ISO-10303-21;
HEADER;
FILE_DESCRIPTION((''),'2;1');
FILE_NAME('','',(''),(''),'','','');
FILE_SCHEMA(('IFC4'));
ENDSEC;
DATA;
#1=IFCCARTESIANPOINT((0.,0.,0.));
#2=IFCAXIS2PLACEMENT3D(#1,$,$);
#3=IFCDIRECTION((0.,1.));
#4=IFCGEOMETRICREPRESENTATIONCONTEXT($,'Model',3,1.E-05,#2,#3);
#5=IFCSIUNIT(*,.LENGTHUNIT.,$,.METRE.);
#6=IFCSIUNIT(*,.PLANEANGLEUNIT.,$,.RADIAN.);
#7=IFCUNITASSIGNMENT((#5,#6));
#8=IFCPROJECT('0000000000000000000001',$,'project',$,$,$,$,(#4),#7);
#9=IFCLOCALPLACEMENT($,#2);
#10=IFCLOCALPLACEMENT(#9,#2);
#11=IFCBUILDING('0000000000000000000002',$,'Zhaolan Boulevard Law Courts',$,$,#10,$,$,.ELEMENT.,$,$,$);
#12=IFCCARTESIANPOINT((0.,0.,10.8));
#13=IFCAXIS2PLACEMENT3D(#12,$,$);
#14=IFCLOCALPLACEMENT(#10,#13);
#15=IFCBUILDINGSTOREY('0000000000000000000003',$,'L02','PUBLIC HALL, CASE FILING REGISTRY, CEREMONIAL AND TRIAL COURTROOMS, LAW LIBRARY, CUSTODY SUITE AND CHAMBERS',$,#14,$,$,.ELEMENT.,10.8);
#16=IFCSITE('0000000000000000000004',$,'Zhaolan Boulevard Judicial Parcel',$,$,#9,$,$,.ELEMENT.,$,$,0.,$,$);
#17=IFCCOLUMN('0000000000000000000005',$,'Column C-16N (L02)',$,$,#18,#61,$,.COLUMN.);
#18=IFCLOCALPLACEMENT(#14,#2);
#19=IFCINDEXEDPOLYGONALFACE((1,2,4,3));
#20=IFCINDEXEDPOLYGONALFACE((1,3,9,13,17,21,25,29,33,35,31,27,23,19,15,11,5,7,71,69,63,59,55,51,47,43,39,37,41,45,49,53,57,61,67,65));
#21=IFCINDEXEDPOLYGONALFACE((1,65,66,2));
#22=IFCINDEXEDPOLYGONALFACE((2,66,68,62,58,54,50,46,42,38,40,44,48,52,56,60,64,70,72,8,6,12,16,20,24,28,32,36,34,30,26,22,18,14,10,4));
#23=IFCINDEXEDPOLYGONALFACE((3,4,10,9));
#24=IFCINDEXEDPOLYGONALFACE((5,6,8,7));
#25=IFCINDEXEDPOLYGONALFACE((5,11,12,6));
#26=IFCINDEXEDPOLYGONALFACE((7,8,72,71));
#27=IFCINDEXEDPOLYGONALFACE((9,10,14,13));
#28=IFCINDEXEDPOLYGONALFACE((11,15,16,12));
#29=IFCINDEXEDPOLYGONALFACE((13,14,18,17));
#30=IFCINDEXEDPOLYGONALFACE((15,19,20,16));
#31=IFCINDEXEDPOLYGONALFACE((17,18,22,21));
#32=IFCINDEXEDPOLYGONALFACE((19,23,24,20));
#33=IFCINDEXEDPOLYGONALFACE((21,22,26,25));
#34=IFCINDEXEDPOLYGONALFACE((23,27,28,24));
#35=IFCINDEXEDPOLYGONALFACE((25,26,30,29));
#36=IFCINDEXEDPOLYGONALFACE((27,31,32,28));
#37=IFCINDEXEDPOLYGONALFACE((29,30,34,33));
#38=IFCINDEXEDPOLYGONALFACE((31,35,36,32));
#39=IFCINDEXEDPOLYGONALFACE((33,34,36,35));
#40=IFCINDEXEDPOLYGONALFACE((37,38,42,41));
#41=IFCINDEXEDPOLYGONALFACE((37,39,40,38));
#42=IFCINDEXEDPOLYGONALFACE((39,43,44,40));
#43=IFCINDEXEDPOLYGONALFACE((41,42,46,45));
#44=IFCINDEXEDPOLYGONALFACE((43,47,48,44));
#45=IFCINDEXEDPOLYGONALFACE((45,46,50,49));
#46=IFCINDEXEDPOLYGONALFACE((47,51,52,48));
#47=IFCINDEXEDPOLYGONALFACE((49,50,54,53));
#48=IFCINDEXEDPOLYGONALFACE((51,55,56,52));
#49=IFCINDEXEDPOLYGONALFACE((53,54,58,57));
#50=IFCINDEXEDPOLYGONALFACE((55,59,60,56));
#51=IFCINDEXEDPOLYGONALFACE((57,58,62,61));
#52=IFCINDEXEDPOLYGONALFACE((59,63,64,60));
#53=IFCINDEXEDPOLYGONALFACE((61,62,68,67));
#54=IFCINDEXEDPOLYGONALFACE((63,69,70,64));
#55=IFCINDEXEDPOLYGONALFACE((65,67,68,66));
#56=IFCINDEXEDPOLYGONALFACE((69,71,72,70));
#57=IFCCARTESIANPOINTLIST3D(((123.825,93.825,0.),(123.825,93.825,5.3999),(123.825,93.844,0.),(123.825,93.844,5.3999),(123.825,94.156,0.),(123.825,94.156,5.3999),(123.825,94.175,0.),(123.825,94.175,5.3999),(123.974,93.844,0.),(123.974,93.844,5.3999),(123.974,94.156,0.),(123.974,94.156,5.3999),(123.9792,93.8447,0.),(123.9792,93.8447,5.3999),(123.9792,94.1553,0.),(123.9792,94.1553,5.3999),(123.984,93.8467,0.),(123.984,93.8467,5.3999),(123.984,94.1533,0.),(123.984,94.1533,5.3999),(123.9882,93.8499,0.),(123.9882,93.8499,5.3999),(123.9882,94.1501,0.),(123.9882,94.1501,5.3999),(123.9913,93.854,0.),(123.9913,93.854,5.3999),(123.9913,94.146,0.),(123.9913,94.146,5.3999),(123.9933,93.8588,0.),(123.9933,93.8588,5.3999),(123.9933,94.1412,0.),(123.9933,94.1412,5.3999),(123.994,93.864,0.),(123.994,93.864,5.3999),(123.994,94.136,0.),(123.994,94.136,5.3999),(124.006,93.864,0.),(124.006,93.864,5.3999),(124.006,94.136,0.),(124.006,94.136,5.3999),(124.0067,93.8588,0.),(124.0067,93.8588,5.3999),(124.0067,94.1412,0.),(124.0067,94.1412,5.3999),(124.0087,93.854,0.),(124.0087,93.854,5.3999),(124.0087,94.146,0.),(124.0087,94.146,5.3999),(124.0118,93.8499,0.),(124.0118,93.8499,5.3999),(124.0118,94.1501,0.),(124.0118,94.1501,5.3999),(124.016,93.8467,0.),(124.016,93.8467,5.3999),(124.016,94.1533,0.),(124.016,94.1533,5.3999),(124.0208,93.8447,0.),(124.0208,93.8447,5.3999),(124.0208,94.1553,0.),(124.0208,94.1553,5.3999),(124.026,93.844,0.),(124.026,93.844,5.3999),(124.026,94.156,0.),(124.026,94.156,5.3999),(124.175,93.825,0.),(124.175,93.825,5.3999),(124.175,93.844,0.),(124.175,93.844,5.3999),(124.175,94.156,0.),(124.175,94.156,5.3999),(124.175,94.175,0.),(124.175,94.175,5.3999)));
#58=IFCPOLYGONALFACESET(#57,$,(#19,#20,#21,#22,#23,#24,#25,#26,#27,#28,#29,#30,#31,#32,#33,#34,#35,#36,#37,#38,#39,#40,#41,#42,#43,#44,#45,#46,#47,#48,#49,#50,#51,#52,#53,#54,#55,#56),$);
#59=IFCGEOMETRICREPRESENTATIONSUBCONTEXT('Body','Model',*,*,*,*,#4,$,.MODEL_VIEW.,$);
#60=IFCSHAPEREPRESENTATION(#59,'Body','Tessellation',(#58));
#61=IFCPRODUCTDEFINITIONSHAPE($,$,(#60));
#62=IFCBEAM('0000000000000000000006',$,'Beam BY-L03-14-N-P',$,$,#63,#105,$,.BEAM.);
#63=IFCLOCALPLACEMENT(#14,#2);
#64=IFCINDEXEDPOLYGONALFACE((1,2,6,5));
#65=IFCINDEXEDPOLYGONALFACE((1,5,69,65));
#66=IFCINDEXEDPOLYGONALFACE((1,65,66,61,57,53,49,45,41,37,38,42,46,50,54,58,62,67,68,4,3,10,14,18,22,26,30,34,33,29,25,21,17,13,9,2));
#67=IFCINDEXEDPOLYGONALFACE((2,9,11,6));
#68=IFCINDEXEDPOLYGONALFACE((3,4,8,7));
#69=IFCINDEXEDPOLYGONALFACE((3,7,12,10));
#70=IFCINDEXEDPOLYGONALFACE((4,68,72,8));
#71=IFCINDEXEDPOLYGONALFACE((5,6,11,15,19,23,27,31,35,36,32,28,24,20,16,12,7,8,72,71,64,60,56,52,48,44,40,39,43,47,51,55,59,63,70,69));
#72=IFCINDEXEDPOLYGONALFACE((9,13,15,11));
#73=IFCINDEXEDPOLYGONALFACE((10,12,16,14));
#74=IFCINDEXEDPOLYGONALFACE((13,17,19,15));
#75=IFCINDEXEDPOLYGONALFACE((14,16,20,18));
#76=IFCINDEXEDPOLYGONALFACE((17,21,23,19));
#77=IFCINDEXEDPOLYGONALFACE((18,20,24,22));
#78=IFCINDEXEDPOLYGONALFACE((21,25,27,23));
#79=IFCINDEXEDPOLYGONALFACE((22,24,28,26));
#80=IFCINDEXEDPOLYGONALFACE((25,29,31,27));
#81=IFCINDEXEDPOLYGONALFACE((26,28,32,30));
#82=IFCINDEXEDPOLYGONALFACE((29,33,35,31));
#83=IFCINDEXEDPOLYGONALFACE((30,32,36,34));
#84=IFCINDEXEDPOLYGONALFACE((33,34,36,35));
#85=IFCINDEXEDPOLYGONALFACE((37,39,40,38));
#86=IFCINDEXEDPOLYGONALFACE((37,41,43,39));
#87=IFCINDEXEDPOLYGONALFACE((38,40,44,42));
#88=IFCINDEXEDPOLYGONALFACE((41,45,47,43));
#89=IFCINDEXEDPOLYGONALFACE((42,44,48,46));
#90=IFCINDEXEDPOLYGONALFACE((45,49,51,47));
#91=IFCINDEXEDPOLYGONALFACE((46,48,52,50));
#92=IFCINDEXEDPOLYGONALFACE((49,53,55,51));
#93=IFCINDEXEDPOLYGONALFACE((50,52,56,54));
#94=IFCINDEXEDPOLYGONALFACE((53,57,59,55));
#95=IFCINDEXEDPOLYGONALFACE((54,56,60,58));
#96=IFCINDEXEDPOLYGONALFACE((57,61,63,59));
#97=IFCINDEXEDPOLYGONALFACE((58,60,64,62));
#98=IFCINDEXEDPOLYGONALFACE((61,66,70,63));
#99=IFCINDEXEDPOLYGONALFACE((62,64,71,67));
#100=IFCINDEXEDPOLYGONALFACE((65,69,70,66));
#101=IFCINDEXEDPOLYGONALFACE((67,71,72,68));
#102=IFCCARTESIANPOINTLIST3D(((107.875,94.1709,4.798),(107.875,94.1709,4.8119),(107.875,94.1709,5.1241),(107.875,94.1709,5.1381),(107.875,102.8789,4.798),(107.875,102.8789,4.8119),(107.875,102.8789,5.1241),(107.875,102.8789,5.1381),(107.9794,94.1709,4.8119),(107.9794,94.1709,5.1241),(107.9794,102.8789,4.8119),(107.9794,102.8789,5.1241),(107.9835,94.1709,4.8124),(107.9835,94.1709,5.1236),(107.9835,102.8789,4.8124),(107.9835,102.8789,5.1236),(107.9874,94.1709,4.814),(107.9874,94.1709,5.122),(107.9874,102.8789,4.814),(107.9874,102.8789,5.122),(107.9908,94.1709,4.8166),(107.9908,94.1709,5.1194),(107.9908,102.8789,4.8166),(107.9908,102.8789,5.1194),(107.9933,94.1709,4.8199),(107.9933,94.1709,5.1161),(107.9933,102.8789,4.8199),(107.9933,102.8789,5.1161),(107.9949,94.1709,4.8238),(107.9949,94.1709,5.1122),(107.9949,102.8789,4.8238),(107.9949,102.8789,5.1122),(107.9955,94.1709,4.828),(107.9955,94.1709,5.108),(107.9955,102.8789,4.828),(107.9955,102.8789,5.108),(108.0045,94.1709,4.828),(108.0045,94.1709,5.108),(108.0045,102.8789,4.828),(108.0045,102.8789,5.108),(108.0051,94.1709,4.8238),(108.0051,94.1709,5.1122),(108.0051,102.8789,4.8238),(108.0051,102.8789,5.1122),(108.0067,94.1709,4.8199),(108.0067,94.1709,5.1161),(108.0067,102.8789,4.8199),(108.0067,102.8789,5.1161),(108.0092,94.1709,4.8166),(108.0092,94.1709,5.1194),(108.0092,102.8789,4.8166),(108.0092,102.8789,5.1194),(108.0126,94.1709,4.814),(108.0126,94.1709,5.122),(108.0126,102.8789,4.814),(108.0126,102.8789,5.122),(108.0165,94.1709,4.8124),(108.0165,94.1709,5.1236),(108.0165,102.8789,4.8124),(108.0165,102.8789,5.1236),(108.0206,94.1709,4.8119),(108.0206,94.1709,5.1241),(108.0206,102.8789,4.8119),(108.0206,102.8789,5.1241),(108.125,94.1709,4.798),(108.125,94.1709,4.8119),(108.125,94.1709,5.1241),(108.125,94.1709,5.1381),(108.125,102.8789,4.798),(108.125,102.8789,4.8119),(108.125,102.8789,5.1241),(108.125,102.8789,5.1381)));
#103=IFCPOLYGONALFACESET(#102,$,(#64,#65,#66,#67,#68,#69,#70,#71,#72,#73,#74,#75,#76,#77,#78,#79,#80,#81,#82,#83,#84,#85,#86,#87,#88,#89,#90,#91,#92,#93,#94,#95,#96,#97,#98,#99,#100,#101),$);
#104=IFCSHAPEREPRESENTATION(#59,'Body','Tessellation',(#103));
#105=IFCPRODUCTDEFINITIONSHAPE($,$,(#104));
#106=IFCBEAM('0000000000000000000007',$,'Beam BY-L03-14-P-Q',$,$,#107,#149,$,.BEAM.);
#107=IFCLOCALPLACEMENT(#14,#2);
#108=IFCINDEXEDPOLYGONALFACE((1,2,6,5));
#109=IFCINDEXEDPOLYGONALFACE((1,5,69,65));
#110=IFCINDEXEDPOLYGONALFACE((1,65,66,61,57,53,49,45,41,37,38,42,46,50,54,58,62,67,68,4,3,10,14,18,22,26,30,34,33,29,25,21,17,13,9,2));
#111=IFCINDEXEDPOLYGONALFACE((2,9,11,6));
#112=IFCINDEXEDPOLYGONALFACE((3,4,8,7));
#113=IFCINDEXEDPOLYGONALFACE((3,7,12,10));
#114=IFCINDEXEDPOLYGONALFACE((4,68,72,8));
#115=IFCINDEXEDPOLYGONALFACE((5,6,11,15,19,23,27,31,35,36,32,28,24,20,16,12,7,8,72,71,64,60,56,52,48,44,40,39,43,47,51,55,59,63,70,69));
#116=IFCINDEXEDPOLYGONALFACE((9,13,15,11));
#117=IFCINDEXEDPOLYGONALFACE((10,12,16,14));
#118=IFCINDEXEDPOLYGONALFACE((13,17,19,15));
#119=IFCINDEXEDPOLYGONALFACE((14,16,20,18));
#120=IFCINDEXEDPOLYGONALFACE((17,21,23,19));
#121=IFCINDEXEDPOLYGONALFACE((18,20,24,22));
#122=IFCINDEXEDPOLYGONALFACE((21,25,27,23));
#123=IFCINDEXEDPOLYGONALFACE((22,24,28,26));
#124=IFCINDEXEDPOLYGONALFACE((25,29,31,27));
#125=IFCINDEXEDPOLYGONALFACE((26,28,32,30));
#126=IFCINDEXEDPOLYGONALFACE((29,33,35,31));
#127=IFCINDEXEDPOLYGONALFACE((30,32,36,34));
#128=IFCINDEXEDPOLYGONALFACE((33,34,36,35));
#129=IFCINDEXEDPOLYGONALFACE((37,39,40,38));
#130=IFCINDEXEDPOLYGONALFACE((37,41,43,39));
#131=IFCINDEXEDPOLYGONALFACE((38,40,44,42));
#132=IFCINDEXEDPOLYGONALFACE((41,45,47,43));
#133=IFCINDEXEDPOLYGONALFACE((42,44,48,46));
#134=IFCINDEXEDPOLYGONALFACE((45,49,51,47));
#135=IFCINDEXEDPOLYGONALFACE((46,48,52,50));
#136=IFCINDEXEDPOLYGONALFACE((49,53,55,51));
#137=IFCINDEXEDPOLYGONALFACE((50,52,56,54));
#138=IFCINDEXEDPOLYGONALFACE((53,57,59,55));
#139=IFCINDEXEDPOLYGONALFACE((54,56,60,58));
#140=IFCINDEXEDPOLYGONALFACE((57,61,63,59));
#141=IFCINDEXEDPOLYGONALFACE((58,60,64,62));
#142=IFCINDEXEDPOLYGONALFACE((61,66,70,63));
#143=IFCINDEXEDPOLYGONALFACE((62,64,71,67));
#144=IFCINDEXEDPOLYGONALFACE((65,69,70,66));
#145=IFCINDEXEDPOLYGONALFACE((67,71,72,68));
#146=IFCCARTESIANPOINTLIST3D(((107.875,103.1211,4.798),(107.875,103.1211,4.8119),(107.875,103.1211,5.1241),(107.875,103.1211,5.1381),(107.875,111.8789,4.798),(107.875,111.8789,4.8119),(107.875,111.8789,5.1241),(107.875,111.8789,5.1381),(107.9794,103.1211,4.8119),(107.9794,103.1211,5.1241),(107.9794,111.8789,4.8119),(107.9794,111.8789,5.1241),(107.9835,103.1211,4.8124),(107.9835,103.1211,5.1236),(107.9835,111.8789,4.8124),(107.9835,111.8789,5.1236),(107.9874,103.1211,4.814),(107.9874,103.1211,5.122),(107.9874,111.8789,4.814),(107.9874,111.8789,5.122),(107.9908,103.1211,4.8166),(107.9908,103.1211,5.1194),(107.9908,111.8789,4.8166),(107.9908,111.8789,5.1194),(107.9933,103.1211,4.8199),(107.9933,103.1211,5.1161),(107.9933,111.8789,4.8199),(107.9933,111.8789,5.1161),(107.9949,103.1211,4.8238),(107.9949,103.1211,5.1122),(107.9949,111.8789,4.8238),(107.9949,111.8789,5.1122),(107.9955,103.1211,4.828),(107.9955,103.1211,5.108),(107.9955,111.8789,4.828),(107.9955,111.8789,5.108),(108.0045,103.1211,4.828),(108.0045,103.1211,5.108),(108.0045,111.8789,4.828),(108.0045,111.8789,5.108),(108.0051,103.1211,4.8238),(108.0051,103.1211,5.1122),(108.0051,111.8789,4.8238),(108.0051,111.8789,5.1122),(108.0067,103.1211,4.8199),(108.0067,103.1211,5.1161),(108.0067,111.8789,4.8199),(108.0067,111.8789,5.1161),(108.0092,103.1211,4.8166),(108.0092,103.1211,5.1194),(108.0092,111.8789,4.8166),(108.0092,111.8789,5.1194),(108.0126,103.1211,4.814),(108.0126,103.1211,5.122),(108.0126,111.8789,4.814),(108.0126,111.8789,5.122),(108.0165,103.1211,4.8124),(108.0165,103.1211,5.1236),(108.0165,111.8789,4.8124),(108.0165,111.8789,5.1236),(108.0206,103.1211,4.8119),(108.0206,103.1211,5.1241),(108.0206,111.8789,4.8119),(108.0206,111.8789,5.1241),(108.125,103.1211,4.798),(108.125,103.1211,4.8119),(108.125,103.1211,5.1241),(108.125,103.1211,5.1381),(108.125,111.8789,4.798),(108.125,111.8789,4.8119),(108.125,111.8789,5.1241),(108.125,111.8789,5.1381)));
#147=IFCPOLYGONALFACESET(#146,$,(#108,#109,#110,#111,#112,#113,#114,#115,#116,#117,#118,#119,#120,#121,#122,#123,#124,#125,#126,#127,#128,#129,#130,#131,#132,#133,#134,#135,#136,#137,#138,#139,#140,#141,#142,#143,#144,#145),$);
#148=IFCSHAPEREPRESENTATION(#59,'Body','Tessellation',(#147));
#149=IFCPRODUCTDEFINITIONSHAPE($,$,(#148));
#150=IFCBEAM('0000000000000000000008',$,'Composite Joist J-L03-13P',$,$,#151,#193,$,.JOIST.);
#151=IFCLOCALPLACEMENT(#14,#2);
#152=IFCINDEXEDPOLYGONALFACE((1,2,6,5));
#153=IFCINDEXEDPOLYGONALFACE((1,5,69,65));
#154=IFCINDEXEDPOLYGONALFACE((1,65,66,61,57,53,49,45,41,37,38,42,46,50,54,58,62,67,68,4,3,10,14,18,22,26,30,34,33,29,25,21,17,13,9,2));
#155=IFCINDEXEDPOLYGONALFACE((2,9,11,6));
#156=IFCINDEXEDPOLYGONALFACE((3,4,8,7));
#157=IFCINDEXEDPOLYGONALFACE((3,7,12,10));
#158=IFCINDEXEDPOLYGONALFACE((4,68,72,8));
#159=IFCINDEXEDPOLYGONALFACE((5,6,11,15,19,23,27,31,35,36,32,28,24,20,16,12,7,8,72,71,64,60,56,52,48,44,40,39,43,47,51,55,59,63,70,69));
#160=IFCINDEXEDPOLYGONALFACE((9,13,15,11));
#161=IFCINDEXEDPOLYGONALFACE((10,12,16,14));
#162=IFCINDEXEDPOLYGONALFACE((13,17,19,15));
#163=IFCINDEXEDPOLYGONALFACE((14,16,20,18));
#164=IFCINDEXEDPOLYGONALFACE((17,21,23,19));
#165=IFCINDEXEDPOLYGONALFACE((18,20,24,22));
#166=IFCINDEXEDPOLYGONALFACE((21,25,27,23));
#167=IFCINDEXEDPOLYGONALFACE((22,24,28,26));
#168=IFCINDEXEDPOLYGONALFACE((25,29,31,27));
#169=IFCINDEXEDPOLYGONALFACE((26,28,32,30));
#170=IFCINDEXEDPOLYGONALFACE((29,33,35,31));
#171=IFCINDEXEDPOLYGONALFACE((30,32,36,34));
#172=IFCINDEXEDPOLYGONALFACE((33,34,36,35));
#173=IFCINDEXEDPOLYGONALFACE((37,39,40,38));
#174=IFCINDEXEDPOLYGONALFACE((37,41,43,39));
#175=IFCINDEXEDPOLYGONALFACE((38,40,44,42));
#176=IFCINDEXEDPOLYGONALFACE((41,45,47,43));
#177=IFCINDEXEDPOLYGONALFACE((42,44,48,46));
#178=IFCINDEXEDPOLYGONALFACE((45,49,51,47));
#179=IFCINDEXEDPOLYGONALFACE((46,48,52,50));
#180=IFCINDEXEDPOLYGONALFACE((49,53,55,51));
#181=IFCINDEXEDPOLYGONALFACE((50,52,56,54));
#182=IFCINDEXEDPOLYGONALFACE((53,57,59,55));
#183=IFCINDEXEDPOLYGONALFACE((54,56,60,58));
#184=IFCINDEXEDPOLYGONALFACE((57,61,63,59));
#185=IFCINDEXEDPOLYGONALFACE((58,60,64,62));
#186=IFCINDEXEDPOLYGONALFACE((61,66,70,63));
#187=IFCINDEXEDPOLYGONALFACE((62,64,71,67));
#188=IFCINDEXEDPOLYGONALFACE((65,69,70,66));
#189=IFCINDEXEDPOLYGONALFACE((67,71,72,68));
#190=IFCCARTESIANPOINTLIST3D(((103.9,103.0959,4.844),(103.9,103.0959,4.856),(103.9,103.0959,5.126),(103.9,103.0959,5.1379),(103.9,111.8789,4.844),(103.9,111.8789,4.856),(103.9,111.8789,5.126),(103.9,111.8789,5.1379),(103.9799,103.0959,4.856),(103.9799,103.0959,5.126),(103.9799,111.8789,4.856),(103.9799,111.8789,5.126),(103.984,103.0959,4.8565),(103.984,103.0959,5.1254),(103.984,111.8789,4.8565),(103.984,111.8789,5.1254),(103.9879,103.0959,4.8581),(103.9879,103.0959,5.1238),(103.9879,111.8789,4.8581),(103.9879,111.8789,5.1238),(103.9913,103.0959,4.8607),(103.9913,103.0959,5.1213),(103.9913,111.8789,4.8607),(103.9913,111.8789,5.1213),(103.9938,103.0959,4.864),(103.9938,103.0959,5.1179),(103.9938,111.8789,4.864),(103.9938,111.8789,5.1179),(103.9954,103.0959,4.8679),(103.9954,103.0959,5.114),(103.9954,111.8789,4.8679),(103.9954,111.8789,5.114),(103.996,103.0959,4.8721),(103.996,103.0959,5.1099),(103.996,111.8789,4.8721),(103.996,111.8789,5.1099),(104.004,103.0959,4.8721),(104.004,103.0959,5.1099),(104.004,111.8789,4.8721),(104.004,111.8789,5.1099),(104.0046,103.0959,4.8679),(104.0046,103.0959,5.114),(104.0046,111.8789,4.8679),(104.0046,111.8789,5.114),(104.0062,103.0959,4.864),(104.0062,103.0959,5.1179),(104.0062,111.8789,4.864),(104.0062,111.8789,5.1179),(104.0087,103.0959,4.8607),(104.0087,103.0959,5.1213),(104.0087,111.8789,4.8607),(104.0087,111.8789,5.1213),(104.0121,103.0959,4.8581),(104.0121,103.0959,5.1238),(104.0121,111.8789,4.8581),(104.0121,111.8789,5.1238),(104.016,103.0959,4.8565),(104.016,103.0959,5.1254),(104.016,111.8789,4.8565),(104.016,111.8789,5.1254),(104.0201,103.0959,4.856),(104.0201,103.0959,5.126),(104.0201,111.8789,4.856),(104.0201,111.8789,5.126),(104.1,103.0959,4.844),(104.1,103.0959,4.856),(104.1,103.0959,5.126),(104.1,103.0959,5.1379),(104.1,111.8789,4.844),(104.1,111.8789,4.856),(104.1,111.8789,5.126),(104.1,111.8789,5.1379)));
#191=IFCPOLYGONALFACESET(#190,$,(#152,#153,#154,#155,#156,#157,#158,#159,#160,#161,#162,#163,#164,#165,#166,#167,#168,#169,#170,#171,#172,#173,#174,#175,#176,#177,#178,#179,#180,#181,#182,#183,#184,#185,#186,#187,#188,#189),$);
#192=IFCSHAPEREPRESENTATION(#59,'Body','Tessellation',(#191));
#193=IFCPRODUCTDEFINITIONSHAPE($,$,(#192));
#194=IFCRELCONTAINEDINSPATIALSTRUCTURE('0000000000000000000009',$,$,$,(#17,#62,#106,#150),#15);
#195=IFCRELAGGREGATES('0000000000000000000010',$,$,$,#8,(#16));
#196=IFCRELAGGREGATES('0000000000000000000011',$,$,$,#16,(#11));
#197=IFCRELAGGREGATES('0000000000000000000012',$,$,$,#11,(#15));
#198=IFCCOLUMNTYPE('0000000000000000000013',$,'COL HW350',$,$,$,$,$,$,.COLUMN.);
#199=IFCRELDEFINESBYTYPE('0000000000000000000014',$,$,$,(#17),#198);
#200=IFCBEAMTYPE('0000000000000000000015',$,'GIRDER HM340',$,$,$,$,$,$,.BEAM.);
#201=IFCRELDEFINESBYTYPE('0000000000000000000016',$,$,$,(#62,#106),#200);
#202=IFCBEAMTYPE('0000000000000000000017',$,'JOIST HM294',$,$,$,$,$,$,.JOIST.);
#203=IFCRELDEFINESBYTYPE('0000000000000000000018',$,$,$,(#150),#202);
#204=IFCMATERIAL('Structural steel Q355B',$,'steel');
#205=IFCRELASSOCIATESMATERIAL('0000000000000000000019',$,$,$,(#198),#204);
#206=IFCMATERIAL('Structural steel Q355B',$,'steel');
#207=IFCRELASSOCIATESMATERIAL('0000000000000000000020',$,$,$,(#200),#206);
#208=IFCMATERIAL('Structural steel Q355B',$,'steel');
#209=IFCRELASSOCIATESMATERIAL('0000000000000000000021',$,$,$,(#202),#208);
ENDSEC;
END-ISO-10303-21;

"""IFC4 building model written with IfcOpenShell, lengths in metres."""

from ifc_helpers import new_model, si_unit, direction, frame, origin, origin_2d, place, context, subcontext, project, spatial, i_section, extrude, material, material_profile, profile_set, type_object, element, save


model = new_model("IFC4")

# Units and contexts
model_context = context("Model", 3, precision=1e-05, world=origin(), true_north=direction((0.0, 1.0)))
body_context = subcontext(model_context, "Body", "Model", "MODEL_VIEW")
ifc_project = project(units=[si_unit("LENGTHUNIT", "METRE"), si_unit("PLANEANGLEUNIT", "RADIAN")], contexts=[model_context])

# Site, building, storey
site_placement = place(None, origin())
site = spatial("IfcSite", under=ifc_project, at=site_placement, Name="Zhaolan Boulevard Judicial Parcel", CompositionType="ELEMENT", RefElevation=0.0)
building_placement = place(site_placement, origin())
building = spatial("IfcBuilding", under=site, at=building_placement, Name="Zhaolan Boulevard Law Courts", CompositionType="ELEMENT")
storey_placement = place(building_placement, frame((0.0, 0.0, 10.8)))
storey = spatial("IfcBuildingStorey", under=building, at=storey_placement, Name="L02", Description="PUBLIC HALL, CASE FILING REGISTRY, CEREMONIAL AND TRIAL COURTROOMS, LAW LIBRARY, CUSTODY SUITE AND CHAMBERS", CompositionType="ELEMENT", Elevation=10.8)

# Column
ifc_material_1 = material(Name="Structural steel Q355B", Category="steel")
ifc_material_profile_1 = material_profile(ifc_material_1, i_section(OverallWidth=0.3501, OverallDepth=0.3501, WebThickness=0.012, FlangeThickness=0.019, FilletRadius=0.02, at=origin_2d()), Name="HW350x350")
ifc_profile_set_1 = profile_set([ifc_material_profile_1], Name="Structural steel Q355B")
column_type_1 = type_object("IfcColumnType", Name="COL HW350", PredefinedType="COLUMN", material=ifc_profile_set_1)
for number, where, z_axis, x_axis, name in (
    (1, (124.0, 94.0, 0.0), (0.0, 0.0, 1.0), (1.0, 0.0, 0.0), "Column C-16N (L02)"),
):
    element("IfcColumn", number, at=place(storey_placement, frame(where, z_axis=z_axis, x_axis=x_axis)), inside=storey, type_object=column_type_1, Name=name, PredefinedType="COLUMN", context=body_context, shape_type="SweptSolid", body=[
        extrude(i_section(OverallWidth=0.3501, OverallDepth=0.3501, WebThickness=0.012, FlangeThickness=0.019, FilletRadius=0.02, at=origin_2d()), origin(), (0.0, 0.0, 1.0), 5.3999),
    ])

# Beams
ifc_material_2 = material(Name="Structural steel Q355B", Category="steel")
ifc_material_profile_2 = material_profile(ifc_material_2, i_section(OverallWidth=0.25, OverallDepth=0.3401, WebThickness=0.009, FlangeThickness=0.0139, FilletRadius=0.0161, at=origin_2d()), Name="HM340x250")
ifc_profile_set_2 = profile_set([ifc_material_profile_2], Name="Structural steel Q355B")
beam_type_1 = type_object("IfcBeamType", Name="GIRDER HM340", PredefinedType="BEAM", material=ifc_profile_set_2)
beam_1_placement = place(storey_placement, frame((108.0, 94.1709, 4.968), z_axis=(0.0, 1.0, 0.0), x_axis=(-1.0, 0.0, 0.0)))
element("IfcBeam", 2, at=beam_1_placement, inside=storey, type_object=beam_type_1, Name="Beam BY-L03-14-N-P", PredefinedType="BEAM", context=body_context, shape_type="SweptSolid", body=[
    extrude(i_section(OverallWidth=0.25, OverallDepth=0.3401, WebThickness=0.009, FlangeThickness=0.0139, FilletRadius=0.0161, at=origin_2d()), origin(), (0.0, 0.0, 1.0), 8.708),
])
beam_2_placement = place(storey_placement, frame((108.0, 103.1211, 4.968), z_axis=(0.0, 1.0, 0.0), x_axis=(-1.0, 0.0, 0.0)))
element("IfcBeam", 3, at=beam_2_placement, inside=storey, type_object=beam_type_1, Name="Beam BY-L03-14-P-Q", PredefinedType="BEAM", context=body_context, shape_type="SweptSolid", body=[
    extrude(i_section(OverallWidth=0.25, OverallDepth=0.3401, WebThickness=0.009, FlangeThickness=0.0139, FilletRadius=0.0161, at=origin_2d()), origin(), (0.0, 0.0, 1.0), 8.7578),
])
ifc_material_3 = material(Name="Structural steel Q355B", Category="steel")
ifc_material_profile_3 = material_profile(ifc_material_3, i_section(OverallWidth=0.2, OverallDepth=0.2939, WebThickness=0.0081, FlangeThickness=0.012, FilletRadius=0.0161, at=origin_2d()), Name="HM294x200")
ifc_profile_set_3 = profile_set([ifc_material_profile_3], Name="Structural steel Q355B")
beam_type_2 = type_object("IfcBeamType", Name="JOIST HM294", PredefinedType="JOIST", material=ifc_profile_set_3)
beam_3_placement = place(storey_placement, frame((104.0, 103.0959, 4.991), z_axis=(0.0, 1.0, 0.0), x_axis=(-1.0, 0.0, 0.0)))
element("IfcBeam", 4, at=beam_3_placement, inside=storey, type_object=beam_type_2, Name="Composite Joist J-L03-13P", PredefinedType="JOIST", context=body_context, shape_type="SweptSolid", body=[
    extrude(i_section(OverallWidth=0.2, OverallDepth=0.2939, WebThickness=0.0081, FlangeThickness=0.012, FilletRadius=0.0161, at=origin_2d()), origin(), (0.0, 0.0, 1.0), 8.783),
])

save(model, "model.ifc")
